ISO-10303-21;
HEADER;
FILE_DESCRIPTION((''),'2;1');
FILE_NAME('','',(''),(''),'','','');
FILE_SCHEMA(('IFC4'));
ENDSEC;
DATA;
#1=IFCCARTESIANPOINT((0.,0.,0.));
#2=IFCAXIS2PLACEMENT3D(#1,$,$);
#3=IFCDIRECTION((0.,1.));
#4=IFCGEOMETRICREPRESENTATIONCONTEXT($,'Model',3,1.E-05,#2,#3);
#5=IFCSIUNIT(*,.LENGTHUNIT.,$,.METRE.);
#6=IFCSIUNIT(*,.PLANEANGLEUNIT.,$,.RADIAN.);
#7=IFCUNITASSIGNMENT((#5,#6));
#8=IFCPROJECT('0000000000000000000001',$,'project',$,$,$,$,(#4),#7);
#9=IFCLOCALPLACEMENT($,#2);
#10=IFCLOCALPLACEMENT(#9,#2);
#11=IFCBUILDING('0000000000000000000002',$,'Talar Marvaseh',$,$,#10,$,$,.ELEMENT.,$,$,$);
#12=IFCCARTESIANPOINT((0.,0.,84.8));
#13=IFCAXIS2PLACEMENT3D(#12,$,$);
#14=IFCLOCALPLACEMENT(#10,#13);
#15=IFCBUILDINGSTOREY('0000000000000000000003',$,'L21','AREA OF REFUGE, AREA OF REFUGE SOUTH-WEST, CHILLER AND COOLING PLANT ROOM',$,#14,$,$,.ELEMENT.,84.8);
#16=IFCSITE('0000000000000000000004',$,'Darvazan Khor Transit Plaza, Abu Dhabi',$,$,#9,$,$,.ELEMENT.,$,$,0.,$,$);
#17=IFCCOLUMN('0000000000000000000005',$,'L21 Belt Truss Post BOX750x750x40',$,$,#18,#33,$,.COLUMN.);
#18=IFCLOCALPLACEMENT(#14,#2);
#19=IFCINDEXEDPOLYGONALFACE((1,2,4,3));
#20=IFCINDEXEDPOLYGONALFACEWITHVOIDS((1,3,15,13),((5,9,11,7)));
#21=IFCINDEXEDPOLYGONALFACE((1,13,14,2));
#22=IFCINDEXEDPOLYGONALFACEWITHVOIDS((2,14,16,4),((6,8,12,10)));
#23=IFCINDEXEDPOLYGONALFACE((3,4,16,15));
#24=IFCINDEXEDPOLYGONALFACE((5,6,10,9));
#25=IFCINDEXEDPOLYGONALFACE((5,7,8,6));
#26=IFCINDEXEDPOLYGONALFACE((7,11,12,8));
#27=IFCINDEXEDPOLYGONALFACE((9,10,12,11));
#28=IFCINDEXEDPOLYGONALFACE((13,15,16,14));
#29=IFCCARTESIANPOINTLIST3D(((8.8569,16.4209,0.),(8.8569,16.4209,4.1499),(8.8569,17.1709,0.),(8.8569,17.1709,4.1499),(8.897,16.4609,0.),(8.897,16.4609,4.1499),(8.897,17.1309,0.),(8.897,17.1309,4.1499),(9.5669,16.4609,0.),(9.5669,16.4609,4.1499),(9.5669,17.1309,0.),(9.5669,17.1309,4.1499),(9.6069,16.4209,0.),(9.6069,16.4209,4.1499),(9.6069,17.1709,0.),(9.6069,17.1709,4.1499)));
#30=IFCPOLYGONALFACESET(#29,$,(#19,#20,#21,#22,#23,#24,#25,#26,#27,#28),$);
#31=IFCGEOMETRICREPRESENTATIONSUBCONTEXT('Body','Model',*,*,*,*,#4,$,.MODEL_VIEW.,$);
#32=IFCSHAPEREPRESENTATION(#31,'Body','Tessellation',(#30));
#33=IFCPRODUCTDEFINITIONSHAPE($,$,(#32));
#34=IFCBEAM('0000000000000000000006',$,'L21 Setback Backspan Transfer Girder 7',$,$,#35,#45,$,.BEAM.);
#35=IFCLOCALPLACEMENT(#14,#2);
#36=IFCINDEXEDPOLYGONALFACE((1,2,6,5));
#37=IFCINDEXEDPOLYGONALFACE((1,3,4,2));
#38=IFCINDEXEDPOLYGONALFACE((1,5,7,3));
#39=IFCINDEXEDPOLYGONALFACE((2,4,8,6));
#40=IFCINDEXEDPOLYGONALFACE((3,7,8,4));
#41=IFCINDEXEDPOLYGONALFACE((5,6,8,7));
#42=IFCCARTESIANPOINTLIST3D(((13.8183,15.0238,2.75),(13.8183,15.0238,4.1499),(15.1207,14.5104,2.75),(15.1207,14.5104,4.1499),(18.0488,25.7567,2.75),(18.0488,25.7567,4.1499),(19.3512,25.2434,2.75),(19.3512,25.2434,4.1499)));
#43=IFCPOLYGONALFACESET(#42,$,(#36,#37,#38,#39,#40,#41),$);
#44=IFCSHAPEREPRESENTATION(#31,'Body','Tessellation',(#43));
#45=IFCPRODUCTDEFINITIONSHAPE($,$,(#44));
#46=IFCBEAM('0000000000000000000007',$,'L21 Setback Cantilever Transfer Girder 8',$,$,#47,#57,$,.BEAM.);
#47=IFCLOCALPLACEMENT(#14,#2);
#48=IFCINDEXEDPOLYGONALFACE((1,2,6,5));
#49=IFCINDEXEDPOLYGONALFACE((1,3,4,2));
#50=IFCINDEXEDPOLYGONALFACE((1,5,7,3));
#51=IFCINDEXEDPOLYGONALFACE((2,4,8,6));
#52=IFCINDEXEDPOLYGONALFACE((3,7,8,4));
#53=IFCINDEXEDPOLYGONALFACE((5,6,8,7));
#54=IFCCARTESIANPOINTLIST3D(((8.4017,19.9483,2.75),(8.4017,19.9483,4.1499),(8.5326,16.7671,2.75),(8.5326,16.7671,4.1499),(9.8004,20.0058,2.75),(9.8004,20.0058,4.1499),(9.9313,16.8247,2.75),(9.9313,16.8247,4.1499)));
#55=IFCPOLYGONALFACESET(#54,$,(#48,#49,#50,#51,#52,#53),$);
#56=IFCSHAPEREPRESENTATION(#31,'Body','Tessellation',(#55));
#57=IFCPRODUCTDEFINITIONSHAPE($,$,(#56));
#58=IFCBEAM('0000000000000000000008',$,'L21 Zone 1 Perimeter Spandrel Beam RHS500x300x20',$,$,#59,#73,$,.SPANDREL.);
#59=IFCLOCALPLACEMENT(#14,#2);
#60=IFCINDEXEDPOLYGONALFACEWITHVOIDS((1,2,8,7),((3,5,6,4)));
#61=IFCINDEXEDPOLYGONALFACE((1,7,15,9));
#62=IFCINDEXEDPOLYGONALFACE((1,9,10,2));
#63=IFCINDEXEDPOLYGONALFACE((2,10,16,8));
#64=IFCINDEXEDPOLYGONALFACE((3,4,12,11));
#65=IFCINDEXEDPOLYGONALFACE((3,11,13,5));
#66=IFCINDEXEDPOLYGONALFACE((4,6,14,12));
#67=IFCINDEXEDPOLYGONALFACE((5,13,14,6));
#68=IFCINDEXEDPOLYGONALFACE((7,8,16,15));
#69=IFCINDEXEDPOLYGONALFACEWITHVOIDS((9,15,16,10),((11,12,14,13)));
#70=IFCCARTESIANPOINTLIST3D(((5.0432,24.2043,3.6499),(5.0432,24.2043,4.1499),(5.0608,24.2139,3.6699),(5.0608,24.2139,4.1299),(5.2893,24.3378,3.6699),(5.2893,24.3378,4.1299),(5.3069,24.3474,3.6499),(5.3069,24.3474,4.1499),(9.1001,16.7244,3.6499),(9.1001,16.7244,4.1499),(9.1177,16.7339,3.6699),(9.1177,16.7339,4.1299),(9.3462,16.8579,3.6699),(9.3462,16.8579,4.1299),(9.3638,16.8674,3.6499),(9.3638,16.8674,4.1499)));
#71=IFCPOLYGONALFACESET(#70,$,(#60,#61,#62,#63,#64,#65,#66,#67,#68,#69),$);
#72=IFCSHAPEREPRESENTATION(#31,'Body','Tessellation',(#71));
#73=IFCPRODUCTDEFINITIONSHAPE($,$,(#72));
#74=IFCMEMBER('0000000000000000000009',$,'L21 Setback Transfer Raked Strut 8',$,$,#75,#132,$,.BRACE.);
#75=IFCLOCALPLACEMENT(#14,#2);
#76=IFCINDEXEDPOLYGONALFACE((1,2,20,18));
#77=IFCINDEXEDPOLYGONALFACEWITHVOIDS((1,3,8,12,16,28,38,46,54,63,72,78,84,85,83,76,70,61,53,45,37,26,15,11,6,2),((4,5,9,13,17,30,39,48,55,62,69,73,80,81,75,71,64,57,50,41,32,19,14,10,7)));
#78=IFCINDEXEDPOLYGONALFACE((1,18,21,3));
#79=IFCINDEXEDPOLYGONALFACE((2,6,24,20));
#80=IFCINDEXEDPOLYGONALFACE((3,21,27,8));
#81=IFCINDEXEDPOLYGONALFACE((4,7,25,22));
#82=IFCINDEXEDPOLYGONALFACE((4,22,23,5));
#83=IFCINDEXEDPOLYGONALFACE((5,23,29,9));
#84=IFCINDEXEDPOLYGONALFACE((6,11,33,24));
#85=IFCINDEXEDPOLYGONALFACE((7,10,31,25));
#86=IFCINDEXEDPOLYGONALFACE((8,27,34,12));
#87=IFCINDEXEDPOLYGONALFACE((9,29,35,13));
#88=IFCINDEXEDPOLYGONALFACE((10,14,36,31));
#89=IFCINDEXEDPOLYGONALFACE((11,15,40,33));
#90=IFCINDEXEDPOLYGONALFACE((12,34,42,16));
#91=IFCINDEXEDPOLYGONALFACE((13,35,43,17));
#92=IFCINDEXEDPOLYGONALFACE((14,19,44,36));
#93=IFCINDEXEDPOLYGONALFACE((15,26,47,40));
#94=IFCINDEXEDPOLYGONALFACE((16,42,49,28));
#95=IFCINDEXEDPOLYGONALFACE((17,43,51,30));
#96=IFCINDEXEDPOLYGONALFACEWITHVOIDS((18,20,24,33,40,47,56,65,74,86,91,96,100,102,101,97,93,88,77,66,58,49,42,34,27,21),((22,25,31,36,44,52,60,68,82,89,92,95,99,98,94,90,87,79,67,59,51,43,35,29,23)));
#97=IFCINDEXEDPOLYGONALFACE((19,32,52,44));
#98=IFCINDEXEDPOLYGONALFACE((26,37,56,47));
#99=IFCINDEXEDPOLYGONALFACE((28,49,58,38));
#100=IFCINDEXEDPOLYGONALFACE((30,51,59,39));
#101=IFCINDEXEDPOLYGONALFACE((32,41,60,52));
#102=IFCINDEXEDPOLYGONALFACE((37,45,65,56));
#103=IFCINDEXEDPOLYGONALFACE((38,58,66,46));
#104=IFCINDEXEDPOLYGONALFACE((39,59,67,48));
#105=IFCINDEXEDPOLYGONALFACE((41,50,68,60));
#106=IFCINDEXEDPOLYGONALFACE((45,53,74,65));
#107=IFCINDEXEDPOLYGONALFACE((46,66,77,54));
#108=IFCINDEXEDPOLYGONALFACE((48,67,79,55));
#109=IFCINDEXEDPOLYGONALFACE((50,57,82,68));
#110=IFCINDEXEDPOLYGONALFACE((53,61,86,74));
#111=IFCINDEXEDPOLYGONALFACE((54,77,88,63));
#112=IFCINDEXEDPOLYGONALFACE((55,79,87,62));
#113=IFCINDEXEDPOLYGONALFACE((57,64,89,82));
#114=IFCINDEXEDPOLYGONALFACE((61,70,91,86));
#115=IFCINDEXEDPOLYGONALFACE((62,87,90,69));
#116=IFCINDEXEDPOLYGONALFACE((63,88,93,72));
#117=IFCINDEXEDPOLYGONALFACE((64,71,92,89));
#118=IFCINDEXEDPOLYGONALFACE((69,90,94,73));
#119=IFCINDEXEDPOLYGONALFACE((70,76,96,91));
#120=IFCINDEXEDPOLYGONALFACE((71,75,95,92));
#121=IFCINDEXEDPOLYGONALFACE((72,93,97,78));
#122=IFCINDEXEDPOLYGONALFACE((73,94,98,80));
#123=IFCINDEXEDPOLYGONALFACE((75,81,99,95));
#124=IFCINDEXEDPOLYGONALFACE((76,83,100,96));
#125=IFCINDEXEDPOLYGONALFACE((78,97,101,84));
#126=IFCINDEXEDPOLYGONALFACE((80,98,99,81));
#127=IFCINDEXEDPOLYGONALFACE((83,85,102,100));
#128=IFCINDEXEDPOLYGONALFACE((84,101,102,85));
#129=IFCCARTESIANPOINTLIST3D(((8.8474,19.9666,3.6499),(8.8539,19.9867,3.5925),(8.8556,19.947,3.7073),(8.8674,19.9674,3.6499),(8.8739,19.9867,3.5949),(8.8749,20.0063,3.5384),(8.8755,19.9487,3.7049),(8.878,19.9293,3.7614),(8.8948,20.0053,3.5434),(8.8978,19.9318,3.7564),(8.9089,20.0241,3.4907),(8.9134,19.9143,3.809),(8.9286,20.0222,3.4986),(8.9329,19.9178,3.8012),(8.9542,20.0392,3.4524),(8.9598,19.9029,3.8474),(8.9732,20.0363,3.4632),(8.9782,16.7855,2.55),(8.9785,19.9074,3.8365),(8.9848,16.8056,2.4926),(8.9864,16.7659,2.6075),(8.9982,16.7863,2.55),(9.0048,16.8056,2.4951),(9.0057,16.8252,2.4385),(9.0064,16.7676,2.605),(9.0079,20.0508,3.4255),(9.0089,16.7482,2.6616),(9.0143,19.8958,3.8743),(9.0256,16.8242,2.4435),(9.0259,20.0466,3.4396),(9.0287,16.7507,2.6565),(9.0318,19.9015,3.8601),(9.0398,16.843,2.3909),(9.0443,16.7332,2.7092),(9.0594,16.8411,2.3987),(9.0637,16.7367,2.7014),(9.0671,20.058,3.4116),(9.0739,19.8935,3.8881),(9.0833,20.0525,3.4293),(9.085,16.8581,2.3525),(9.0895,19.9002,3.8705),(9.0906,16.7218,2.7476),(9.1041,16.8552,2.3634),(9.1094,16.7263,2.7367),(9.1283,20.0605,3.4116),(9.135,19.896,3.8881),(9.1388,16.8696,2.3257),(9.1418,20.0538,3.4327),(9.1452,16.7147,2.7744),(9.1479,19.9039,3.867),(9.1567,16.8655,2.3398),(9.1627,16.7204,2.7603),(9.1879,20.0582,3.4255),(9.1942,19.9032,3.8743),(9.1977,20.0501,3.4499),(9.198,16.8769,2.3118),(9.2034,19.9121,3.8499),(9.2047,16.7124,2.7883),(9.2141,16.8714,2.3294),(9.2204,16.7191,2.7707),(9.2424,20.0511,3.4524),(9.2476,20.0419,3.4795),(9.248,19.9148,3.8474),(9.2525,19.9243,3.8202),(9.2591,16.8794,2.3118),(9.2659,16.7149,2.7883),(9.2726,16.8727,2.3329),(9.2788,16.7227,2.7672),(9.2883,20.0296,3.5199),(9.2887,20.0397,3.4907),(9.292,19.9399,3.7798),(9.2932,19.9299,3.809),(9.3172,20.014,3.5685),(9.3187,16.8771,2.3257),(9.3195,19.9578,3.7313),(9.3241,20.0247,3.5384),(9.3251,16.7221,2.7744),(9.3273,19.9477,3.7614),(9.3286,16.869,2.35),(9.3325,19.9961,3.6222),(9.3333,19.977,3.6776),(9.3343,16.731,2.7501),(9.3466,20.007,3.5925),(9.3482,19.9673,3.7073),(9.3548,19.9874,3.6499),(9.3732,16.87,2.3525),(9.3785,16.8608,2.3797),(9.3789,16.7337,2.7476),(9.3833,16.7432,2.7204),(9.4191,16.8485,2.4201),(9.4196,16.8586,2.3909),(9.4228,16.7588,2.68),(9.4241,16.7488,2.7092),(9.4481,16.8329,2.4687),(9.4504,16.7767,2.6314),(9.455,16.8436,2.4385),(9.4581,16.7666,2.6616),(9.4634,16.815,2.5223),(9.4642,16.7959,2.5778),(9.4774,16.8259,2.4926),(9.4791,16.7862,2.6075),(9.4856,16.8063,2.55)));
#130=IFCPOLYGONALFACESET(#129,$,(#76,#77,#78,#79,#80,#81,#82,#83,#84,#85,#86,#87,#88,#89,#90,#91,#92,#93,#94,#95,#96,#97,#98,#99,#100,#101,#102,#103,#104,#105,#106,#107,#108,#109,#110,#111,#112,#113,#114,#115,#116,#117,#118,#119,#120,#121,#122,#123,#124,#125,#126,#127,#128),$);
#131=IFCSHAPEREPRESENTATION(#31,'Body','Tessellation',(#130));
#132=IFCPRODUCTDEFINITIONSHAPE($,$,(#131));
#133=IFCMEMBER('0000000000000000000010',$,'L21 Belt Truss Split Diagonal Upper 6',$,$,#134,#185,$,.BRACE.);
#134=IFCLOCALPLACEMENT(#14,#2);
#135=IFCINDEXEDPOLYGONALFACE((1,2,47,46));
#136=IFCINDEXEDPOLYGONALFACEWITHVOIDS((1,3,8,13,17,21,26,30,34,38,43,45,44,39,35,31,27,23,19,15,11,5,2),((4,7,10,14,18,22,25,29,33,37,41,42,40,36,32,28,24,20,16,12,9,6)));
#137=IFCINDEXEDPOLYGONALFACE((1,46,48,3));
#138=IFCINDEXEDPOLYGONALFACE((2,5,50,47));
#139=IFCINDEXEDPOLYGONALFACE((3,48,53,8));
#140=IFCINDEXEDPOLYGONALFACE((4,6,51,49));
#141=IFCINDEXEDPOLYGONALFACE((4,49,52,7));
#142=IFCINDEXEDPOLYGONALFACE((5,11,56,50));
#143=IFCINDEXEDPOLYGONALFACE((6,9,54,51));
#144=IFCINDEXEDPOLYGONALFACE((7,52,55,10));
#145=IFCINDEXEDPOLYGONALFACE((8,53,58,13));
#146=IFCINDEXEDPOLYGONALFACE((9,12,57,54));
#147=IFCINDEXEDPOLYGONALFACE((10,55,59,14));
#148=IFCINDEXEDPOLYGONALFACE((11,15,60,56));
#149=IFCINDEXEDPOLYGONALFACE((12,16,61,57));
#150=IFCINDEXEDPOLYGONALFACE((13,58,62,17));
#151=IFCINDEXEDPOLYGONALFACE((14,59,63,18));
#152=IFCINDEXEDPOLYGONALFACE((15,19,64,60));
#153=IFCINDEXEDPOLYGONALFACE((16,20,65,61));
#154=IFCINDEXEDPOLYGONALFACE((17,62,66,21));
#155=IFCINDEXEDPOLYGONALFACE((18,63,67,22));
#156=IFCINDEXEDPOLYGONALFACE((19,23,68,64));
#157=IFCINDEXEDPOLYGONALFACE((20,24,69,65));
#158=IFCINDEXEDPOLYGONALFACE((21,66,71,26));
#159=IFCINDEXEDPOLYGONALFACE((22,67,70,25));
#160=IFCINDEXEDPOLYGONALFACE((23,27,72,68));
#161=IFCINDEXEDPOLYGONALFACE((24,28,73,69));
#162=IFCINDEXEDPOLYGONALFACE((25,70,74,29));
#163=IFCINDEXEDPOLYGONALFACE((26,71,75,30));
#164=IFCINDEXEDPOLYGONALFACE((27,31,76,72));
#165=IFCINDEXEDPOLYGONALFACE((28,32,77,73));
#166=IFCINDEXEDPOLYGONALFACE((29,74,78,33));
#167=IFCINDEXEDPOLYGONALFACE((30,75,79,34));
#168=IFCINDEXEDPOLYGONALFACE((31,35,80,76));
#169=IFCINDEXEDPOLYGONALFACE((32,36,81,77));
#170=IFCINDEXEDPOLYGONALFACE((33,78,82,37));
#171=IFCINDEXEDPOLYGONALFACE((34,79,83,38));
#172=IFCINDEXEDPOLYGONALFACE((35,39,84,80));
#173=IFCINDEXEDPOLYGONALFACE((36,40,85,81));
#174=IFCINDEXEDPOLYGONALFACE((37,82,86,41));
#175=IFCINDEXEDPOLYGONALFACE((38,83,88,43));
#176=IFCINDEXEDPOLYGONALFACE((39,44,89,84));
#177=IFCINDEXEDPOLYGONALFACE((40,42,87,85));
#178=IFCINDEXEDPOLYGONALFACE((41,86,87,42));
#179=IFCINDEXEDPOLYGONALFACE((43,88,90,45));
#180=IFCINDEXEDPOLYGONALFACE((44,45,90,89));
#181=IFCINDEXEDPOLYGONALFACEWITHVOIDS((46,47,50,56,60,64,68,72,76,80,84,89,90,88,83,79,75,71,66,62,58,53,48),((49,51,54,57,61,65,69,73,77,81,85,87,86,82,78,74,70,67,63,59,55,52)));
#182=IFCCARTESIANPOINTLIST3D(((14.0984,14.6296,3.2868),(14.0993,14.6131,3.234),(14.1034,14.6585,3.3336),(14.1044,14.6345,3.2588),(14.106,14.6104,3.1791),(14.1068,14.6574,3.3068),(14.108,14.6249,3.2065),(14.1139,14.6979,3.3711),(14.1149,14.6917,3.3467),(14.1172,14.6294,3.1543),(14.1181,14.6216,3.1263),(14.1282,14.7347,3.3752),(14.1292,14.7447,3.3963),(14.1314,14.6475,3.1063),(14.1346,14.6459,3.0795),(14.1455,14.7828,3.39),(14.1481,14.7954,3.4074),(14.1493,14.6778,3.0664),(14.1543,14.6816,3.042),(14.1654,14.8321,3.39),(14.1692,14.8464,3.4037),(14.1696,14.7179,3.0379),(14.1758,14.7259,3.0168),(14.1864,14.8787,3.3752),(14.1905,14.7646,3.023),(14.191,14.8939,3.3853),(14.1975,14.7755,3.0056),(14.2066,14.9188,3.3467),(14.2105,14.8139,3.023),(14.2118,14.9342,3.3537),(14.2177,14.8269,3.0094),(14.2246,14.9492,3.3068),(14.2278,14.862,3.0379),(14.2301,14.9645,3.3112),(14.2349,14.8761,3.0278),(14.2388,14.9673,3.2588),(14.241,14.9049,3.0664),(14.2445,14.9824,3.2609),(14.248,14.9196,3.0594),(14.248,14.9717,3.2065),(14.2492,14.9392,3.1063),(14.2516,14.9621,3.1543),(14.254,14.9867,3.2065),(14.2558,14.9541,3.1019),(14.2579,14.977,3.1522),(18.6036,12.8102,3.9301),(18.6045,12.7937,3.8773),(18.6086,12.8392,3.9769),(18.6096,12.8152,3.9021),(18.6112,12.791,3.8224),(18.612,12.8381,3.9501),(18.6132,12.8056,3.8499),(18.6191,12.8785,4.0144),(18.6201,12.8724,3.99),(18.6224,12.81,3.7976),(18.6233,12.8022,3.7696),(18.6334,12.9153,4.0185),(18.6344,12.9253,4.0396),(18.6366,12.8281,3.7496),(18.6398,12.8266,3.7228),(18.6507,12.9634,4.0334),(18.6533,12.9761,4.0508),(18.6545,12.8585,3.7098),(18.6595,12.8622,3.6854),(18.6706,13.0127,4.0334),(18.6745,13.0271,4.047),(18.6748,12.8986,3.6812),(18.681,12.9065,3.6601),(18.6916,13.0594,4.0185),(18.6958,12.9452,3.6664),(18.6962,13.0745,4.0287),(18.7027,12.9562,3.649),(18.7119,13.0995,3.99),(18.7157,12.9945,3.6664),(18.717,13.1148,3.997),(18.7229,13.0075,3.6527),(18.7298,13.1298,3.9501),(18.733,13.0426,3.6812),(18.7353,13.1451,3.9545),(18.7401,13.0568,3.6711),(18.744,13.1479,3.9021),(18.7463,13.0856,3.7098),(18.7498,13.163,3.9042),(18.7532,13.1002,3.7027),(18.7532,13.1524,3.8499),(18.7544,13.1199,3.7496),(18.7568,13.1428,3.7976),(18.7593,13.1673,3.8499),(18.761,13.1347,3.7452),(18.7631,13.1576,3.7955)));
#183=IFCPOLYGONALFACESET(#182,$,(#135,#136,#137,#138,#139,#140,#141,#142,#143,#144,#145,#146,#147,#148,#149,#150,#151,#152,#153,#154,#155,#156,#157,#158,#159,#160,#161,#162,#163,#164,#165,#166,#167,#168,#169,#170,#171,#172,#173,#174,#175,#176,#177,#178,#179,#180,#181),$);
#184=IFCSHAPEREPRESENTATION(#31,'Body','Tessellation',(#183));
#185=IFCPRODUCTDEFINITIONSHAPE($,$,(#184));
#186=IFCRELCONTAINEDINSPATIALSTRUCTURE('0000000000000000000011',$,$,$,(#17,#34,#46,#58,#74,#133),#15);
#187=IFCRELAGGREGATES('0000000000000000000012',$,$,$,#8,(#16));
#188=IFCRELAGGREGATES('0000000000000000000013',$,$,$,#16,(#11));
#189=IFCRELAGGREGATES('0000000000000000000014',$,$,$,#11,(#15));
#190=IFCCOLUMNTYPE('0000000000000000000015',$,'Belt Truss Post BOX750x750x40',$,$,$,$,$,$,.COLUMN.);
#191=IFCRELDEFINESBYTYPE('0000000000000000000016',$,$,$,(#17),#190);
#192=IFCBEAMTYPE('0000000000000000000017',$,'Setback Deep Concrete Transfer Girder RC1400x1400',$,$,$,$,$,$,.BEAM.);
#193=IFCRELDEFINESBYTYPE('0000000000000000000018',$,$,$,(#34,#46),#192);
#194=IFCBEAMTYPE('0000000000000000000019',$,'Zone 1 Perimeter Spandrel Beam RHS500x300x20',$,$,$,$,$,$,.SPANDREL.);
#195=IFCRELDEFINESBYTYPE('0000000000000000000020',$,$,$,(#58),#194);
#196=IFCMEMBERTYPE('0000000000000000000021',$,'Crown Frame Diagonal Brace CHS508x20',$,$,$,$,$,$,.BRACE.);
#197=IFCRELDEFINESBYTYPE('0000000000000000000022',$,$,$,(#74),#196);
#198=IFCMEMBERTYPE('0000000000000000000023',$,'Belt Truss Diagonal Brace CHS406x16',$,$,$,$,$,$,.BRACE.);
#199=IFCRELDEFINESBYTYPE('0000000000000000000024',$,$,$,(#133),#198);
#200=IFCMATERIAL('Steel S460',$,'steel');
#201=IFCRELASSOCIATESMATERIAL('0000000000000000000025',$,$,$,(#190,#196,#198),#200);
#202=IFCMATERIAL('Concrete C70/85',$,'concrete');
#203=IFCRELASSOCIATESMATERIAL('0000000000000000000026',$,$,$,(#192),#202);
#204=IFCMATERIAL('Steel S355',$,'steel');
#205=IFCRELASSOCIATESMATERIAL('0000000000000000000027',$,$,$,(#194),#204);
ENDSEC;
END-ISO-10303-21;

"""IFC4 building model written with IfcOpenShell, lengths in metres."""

from ifc_helpers import new_model, si_unit, direction, frame, origin, origin_2d, place, context, subcontext, project, spatial, rectangle, hollow_rectangle, hollow_circle, extrude, source, transform, mapped, material, material_profile, profile_set, type_object, type_shapes, element, save


model = new_model("IFC4")

# Units and contexts
model_context = context("Model", 3, precision=1e-05, world=origin(), true_north=direction((0.0, 1.0)))
body_context = subcontext(model_context, "Body", "Model", "MODEL_VIEW")
ifc_project = project(units=[si_unit("LENGTHUNIT", "METRE"), si_unit("PLANEANGLEUNIT", "RADIAN")], contexts=[model_context])

# Site, building, storey
site_placement = place(None, origin())
site = spatial("IfcSite", under=ifc_project, at=site_placement, Name="Darvazan Khor Transit Plaza, Abu Dhabi", CompositionType="ELEMENT", RefElevation=0.0)
building_placement = place(site_placement, origin())
building = spatial("IfcBuilding", under=site, at=building_placement, Name="Talar Marvaseh", CompositionType="ELEMENT")
storey_placement = place(building_placement, frame((0.0, 0.0, 84.8)))
storey = spatial("IfcBuildingStorey", under=building, at=storey_placement, Name="L21", Description="AREA OF REFUGE, AREA OF REFUGE SOUTH-WEST, CHILLER AND COOLING PLANT ROOM", CompositionType="ELEMENT", Elevation=84.8)

# Column
ifc_material_1 = material(Name="Steel S460", Category="steel")
ifc_material_profile_1 = material_profile(ifc_material_1, hollow_rectangle(XDim=0.75, YDim=0.75, WallThickness=0.04, at=origin_2d()), Name="BOX750x750x40")
ifc_profile_set_1 = profile_set([ifc_material_profile_1], Name="Steel S460")
column_type = type_object("IfcColumnType", Name="Belt Truss Post BOX750x750x40", PredefinedType="COLUMN", material=ifc_profile_set_1)
column_placement = place(storey_placement, frame((9.2319, 16.7959, 0.0), z_axis=(0.0, 0.0, 1.0), x_axis=(1.0, 0.0, 0.0)))
element("IfcColumn", 1, at=column_placement, inside=storey, type_object=column_type, Name="L21 Belt Truss Post BOX750x750x40", PredefinedType="COLUMN", context=body_context, shape_type="SweptSolid", body=[
    extrude(hollow_rectangle(XDim=0.75, YDim=0.75, WallThickness=0.04, at=origin_2d()), origin(), (0.0, 0.0, 1.0), 4.1499),
])

# Beams
ifc_material_2 = material(Name="Concrete C70/85", Category="concrete")
ifc_material_profile_2 = material_profile(ifc_material_2, rectangle(XDim=1.3999, YDim=1.3999, at=origin_2d()), Name="RC1400x1400")
ifc_profile_set_2 = profile_set([ifc_material_profile_2], Name="Concrete C70/85")
beam_type_1 = type_object("IfcBeamType", Name="Setback Deep Concrete Transfer Girder RC1400x1400", PredefinedType="BEAM", material=ifc_profile_set_2)
beam_1_placement = place(storey_placement, frame((14.4695, 14.7671, 3.45), z_axis=(0.366701, 0.930339, 0.0), x_axis=(-0.930339, 0.366701, 0.0)))
element("IfcBeam", 2, at=beam_1_placement, inside=storey, type_object=beam_type_1, Name="L21 Setback Backspan Transfer Girder 7", PredefinedType="BEAM", context=body_context, shape_type="SweptSolid", body=[
    extrude(rectangle(XDim=1.3999, YDim=1.3999, at=origin_2d()), origin(), (0.0, 0.0, 1.0), 11.5366),
])
beam_2_placement = place(storey_placement, frame((9.2319, 16.7959, 3.45), z_axis=(-0.041101, 0.999155, 0.0), x_axis=(-0.999155, -0.041101, 0.0)))
element("IfcBeam", 3, at=beam_2_placement, inside=storey, type_object=beam_type_1, Name="L21 Setback Cantilever Transfer Girder 8", PredefinedType="BEAM", context=body_context, shape_type="SweptSolid", body=[
    extrude(rectangle(XDim=1.3999, YDim=1.3999, at=origin_2d()), origin(), (0.0, 0.0, 1.0), 3.1838),
])
ifc_material_3 = material(Name="Steel S355", Category="steel")
ifc_material_profile_3 = material_profile(ifc_material_3, hollow_rectangle(XDim=0.3, YDim=0.5, WallThickness=0.02, at=origin_2d()), Name="RHS500x300x20")
ifc_profile_set_3 = profile_set([ifc_material_profile_3], Name="Steel S355")
beam_type_2 = type_object("IfcBeamType", Name="Zone 1 Perimeter Spandrel Beam RHS500x300x20", PredefinedType="SPANDREL", material=ifc_profile_set_3)
beam_3_placement = place(storey_placement, frame((9.2319, 16.7959, 3.8999), z_axis=(-0.476758, 0.879035, 0.0), x_axis=(-0.879035, -0.476758, 0.0)))
element("IfcBeam", 4, at=beam_3_placement, inside=storey, type_object=beam_type_2, Name="L21 Zone 1 Perimeter Spandrel Beam RHS500x300x20", PredefinedType="SPANDREL", context=body_context, shape_type="SweptSolid", body=[
    extrude(hollow_rectangle(XDim=0.3, YDim=0.5, WallThickness=0.02, at=origin_2d()), origin(), (0.0, 0.0, 1.0), 8.5093),
])

# Members
ifc_material_profile_4 = material_profile(ifc_material_1, hollow_circle(Radius=0.2539, WallThickness=0.02, at=origin_2d()), Name="CHS508x20")
ifc_profile_set_4 = profile_set([ifc_material_profile_4], Name="Steel S460")
member_type_1 = type_object("IfcMemberType", Name="Crown Frame Diagonal Brace CHS508x20", PredefinedType="BRACE", material=ifc_profile_set_4)
shared_shape_1 = source(origin(), body_context, "Body", "SweptSolid", [
    extrude(hollow_circle(Radius=0.2539, WallThickness=0.02, at=origin_2d()), origin(), (0.0, 0.0, 1.0), 3.3684),
])
type_shapes(member_type_1, [shared_shape_1])
member_1_placement = place(storey_placement, frame((9.2319, 16.7959, 2.55), z_axis=(-0.038848, 0.944393, 0.326515), x_axis=(-0.999155, -0.041101, 0.0)))
element("IfcMember", 5, at=member_1_placement, inside=storey, type_object=member_type_1, Name="L21 Setback Transfer Raked Strut 8", PredefinedType="BRACE", context=body_context, shape_type="MappedRepresentation", body=[
    mapped(shared_shape_1, transform((0.0, 0.0, 0.0), x_axis=(1.0, 0.0, 0.0), y_axis=(0.0, 1.0, 0.0), z_axis=(0.0, 0.0, 1.0), scale=1.0)),
])
ifc_material_profile_5 = material_profile(ifc_material_1, hollow_circle(Radius=0.2031, WallThickness=0.0161, at=origin_2d()), Name="CHS406x16")
ifc_profile_set_5 = profile_set([ifc_material_profile_5], Name="Steel S460")
member_type_2 = type_object("IfcMemberType", Name="Belt Truss Diagonal Brace CHS406x16", PredefinedType="BRACE", material=ifc_profile_set_5)
shared_shape_2 = source(origin(), body_context, "Body", "SweptSolid", [
    extrude(hollow_circle(Radius=0.2031, WallThickness=0.0161, at=origin_2d()), origin(), (0.0, 0.0, 1.0), 4.9011),
])
type_shapes(member_type_2, [shared_shape_2])
member_2_placement = place(storey_placement, frame((14.178, 14.7983, 3.2065), z_axis=(0.919222, -0.371216, 0.131261), x_axis=(0.374456, 0.927245, 0.0)))
element("IfcMember", 6, at=member_2_placement, inside=storey, type_object=member_type_2, Name="L21 Belt Truss Split Diagonal Upper 6", PredefinedType="BRACE", context=body_context, shape_type="MappedRepresentation", body=[
    mapped(shared_shape_2, transform((0.0, 0.0, 0.0), x_axis=(1.0, 0.0, 0.0), y_axis=(0.0, 1.0, 0.0), z_axis=(0.0, 0.0, 1.0), scale=1.0)),
])

save(model, "model.ifc")
